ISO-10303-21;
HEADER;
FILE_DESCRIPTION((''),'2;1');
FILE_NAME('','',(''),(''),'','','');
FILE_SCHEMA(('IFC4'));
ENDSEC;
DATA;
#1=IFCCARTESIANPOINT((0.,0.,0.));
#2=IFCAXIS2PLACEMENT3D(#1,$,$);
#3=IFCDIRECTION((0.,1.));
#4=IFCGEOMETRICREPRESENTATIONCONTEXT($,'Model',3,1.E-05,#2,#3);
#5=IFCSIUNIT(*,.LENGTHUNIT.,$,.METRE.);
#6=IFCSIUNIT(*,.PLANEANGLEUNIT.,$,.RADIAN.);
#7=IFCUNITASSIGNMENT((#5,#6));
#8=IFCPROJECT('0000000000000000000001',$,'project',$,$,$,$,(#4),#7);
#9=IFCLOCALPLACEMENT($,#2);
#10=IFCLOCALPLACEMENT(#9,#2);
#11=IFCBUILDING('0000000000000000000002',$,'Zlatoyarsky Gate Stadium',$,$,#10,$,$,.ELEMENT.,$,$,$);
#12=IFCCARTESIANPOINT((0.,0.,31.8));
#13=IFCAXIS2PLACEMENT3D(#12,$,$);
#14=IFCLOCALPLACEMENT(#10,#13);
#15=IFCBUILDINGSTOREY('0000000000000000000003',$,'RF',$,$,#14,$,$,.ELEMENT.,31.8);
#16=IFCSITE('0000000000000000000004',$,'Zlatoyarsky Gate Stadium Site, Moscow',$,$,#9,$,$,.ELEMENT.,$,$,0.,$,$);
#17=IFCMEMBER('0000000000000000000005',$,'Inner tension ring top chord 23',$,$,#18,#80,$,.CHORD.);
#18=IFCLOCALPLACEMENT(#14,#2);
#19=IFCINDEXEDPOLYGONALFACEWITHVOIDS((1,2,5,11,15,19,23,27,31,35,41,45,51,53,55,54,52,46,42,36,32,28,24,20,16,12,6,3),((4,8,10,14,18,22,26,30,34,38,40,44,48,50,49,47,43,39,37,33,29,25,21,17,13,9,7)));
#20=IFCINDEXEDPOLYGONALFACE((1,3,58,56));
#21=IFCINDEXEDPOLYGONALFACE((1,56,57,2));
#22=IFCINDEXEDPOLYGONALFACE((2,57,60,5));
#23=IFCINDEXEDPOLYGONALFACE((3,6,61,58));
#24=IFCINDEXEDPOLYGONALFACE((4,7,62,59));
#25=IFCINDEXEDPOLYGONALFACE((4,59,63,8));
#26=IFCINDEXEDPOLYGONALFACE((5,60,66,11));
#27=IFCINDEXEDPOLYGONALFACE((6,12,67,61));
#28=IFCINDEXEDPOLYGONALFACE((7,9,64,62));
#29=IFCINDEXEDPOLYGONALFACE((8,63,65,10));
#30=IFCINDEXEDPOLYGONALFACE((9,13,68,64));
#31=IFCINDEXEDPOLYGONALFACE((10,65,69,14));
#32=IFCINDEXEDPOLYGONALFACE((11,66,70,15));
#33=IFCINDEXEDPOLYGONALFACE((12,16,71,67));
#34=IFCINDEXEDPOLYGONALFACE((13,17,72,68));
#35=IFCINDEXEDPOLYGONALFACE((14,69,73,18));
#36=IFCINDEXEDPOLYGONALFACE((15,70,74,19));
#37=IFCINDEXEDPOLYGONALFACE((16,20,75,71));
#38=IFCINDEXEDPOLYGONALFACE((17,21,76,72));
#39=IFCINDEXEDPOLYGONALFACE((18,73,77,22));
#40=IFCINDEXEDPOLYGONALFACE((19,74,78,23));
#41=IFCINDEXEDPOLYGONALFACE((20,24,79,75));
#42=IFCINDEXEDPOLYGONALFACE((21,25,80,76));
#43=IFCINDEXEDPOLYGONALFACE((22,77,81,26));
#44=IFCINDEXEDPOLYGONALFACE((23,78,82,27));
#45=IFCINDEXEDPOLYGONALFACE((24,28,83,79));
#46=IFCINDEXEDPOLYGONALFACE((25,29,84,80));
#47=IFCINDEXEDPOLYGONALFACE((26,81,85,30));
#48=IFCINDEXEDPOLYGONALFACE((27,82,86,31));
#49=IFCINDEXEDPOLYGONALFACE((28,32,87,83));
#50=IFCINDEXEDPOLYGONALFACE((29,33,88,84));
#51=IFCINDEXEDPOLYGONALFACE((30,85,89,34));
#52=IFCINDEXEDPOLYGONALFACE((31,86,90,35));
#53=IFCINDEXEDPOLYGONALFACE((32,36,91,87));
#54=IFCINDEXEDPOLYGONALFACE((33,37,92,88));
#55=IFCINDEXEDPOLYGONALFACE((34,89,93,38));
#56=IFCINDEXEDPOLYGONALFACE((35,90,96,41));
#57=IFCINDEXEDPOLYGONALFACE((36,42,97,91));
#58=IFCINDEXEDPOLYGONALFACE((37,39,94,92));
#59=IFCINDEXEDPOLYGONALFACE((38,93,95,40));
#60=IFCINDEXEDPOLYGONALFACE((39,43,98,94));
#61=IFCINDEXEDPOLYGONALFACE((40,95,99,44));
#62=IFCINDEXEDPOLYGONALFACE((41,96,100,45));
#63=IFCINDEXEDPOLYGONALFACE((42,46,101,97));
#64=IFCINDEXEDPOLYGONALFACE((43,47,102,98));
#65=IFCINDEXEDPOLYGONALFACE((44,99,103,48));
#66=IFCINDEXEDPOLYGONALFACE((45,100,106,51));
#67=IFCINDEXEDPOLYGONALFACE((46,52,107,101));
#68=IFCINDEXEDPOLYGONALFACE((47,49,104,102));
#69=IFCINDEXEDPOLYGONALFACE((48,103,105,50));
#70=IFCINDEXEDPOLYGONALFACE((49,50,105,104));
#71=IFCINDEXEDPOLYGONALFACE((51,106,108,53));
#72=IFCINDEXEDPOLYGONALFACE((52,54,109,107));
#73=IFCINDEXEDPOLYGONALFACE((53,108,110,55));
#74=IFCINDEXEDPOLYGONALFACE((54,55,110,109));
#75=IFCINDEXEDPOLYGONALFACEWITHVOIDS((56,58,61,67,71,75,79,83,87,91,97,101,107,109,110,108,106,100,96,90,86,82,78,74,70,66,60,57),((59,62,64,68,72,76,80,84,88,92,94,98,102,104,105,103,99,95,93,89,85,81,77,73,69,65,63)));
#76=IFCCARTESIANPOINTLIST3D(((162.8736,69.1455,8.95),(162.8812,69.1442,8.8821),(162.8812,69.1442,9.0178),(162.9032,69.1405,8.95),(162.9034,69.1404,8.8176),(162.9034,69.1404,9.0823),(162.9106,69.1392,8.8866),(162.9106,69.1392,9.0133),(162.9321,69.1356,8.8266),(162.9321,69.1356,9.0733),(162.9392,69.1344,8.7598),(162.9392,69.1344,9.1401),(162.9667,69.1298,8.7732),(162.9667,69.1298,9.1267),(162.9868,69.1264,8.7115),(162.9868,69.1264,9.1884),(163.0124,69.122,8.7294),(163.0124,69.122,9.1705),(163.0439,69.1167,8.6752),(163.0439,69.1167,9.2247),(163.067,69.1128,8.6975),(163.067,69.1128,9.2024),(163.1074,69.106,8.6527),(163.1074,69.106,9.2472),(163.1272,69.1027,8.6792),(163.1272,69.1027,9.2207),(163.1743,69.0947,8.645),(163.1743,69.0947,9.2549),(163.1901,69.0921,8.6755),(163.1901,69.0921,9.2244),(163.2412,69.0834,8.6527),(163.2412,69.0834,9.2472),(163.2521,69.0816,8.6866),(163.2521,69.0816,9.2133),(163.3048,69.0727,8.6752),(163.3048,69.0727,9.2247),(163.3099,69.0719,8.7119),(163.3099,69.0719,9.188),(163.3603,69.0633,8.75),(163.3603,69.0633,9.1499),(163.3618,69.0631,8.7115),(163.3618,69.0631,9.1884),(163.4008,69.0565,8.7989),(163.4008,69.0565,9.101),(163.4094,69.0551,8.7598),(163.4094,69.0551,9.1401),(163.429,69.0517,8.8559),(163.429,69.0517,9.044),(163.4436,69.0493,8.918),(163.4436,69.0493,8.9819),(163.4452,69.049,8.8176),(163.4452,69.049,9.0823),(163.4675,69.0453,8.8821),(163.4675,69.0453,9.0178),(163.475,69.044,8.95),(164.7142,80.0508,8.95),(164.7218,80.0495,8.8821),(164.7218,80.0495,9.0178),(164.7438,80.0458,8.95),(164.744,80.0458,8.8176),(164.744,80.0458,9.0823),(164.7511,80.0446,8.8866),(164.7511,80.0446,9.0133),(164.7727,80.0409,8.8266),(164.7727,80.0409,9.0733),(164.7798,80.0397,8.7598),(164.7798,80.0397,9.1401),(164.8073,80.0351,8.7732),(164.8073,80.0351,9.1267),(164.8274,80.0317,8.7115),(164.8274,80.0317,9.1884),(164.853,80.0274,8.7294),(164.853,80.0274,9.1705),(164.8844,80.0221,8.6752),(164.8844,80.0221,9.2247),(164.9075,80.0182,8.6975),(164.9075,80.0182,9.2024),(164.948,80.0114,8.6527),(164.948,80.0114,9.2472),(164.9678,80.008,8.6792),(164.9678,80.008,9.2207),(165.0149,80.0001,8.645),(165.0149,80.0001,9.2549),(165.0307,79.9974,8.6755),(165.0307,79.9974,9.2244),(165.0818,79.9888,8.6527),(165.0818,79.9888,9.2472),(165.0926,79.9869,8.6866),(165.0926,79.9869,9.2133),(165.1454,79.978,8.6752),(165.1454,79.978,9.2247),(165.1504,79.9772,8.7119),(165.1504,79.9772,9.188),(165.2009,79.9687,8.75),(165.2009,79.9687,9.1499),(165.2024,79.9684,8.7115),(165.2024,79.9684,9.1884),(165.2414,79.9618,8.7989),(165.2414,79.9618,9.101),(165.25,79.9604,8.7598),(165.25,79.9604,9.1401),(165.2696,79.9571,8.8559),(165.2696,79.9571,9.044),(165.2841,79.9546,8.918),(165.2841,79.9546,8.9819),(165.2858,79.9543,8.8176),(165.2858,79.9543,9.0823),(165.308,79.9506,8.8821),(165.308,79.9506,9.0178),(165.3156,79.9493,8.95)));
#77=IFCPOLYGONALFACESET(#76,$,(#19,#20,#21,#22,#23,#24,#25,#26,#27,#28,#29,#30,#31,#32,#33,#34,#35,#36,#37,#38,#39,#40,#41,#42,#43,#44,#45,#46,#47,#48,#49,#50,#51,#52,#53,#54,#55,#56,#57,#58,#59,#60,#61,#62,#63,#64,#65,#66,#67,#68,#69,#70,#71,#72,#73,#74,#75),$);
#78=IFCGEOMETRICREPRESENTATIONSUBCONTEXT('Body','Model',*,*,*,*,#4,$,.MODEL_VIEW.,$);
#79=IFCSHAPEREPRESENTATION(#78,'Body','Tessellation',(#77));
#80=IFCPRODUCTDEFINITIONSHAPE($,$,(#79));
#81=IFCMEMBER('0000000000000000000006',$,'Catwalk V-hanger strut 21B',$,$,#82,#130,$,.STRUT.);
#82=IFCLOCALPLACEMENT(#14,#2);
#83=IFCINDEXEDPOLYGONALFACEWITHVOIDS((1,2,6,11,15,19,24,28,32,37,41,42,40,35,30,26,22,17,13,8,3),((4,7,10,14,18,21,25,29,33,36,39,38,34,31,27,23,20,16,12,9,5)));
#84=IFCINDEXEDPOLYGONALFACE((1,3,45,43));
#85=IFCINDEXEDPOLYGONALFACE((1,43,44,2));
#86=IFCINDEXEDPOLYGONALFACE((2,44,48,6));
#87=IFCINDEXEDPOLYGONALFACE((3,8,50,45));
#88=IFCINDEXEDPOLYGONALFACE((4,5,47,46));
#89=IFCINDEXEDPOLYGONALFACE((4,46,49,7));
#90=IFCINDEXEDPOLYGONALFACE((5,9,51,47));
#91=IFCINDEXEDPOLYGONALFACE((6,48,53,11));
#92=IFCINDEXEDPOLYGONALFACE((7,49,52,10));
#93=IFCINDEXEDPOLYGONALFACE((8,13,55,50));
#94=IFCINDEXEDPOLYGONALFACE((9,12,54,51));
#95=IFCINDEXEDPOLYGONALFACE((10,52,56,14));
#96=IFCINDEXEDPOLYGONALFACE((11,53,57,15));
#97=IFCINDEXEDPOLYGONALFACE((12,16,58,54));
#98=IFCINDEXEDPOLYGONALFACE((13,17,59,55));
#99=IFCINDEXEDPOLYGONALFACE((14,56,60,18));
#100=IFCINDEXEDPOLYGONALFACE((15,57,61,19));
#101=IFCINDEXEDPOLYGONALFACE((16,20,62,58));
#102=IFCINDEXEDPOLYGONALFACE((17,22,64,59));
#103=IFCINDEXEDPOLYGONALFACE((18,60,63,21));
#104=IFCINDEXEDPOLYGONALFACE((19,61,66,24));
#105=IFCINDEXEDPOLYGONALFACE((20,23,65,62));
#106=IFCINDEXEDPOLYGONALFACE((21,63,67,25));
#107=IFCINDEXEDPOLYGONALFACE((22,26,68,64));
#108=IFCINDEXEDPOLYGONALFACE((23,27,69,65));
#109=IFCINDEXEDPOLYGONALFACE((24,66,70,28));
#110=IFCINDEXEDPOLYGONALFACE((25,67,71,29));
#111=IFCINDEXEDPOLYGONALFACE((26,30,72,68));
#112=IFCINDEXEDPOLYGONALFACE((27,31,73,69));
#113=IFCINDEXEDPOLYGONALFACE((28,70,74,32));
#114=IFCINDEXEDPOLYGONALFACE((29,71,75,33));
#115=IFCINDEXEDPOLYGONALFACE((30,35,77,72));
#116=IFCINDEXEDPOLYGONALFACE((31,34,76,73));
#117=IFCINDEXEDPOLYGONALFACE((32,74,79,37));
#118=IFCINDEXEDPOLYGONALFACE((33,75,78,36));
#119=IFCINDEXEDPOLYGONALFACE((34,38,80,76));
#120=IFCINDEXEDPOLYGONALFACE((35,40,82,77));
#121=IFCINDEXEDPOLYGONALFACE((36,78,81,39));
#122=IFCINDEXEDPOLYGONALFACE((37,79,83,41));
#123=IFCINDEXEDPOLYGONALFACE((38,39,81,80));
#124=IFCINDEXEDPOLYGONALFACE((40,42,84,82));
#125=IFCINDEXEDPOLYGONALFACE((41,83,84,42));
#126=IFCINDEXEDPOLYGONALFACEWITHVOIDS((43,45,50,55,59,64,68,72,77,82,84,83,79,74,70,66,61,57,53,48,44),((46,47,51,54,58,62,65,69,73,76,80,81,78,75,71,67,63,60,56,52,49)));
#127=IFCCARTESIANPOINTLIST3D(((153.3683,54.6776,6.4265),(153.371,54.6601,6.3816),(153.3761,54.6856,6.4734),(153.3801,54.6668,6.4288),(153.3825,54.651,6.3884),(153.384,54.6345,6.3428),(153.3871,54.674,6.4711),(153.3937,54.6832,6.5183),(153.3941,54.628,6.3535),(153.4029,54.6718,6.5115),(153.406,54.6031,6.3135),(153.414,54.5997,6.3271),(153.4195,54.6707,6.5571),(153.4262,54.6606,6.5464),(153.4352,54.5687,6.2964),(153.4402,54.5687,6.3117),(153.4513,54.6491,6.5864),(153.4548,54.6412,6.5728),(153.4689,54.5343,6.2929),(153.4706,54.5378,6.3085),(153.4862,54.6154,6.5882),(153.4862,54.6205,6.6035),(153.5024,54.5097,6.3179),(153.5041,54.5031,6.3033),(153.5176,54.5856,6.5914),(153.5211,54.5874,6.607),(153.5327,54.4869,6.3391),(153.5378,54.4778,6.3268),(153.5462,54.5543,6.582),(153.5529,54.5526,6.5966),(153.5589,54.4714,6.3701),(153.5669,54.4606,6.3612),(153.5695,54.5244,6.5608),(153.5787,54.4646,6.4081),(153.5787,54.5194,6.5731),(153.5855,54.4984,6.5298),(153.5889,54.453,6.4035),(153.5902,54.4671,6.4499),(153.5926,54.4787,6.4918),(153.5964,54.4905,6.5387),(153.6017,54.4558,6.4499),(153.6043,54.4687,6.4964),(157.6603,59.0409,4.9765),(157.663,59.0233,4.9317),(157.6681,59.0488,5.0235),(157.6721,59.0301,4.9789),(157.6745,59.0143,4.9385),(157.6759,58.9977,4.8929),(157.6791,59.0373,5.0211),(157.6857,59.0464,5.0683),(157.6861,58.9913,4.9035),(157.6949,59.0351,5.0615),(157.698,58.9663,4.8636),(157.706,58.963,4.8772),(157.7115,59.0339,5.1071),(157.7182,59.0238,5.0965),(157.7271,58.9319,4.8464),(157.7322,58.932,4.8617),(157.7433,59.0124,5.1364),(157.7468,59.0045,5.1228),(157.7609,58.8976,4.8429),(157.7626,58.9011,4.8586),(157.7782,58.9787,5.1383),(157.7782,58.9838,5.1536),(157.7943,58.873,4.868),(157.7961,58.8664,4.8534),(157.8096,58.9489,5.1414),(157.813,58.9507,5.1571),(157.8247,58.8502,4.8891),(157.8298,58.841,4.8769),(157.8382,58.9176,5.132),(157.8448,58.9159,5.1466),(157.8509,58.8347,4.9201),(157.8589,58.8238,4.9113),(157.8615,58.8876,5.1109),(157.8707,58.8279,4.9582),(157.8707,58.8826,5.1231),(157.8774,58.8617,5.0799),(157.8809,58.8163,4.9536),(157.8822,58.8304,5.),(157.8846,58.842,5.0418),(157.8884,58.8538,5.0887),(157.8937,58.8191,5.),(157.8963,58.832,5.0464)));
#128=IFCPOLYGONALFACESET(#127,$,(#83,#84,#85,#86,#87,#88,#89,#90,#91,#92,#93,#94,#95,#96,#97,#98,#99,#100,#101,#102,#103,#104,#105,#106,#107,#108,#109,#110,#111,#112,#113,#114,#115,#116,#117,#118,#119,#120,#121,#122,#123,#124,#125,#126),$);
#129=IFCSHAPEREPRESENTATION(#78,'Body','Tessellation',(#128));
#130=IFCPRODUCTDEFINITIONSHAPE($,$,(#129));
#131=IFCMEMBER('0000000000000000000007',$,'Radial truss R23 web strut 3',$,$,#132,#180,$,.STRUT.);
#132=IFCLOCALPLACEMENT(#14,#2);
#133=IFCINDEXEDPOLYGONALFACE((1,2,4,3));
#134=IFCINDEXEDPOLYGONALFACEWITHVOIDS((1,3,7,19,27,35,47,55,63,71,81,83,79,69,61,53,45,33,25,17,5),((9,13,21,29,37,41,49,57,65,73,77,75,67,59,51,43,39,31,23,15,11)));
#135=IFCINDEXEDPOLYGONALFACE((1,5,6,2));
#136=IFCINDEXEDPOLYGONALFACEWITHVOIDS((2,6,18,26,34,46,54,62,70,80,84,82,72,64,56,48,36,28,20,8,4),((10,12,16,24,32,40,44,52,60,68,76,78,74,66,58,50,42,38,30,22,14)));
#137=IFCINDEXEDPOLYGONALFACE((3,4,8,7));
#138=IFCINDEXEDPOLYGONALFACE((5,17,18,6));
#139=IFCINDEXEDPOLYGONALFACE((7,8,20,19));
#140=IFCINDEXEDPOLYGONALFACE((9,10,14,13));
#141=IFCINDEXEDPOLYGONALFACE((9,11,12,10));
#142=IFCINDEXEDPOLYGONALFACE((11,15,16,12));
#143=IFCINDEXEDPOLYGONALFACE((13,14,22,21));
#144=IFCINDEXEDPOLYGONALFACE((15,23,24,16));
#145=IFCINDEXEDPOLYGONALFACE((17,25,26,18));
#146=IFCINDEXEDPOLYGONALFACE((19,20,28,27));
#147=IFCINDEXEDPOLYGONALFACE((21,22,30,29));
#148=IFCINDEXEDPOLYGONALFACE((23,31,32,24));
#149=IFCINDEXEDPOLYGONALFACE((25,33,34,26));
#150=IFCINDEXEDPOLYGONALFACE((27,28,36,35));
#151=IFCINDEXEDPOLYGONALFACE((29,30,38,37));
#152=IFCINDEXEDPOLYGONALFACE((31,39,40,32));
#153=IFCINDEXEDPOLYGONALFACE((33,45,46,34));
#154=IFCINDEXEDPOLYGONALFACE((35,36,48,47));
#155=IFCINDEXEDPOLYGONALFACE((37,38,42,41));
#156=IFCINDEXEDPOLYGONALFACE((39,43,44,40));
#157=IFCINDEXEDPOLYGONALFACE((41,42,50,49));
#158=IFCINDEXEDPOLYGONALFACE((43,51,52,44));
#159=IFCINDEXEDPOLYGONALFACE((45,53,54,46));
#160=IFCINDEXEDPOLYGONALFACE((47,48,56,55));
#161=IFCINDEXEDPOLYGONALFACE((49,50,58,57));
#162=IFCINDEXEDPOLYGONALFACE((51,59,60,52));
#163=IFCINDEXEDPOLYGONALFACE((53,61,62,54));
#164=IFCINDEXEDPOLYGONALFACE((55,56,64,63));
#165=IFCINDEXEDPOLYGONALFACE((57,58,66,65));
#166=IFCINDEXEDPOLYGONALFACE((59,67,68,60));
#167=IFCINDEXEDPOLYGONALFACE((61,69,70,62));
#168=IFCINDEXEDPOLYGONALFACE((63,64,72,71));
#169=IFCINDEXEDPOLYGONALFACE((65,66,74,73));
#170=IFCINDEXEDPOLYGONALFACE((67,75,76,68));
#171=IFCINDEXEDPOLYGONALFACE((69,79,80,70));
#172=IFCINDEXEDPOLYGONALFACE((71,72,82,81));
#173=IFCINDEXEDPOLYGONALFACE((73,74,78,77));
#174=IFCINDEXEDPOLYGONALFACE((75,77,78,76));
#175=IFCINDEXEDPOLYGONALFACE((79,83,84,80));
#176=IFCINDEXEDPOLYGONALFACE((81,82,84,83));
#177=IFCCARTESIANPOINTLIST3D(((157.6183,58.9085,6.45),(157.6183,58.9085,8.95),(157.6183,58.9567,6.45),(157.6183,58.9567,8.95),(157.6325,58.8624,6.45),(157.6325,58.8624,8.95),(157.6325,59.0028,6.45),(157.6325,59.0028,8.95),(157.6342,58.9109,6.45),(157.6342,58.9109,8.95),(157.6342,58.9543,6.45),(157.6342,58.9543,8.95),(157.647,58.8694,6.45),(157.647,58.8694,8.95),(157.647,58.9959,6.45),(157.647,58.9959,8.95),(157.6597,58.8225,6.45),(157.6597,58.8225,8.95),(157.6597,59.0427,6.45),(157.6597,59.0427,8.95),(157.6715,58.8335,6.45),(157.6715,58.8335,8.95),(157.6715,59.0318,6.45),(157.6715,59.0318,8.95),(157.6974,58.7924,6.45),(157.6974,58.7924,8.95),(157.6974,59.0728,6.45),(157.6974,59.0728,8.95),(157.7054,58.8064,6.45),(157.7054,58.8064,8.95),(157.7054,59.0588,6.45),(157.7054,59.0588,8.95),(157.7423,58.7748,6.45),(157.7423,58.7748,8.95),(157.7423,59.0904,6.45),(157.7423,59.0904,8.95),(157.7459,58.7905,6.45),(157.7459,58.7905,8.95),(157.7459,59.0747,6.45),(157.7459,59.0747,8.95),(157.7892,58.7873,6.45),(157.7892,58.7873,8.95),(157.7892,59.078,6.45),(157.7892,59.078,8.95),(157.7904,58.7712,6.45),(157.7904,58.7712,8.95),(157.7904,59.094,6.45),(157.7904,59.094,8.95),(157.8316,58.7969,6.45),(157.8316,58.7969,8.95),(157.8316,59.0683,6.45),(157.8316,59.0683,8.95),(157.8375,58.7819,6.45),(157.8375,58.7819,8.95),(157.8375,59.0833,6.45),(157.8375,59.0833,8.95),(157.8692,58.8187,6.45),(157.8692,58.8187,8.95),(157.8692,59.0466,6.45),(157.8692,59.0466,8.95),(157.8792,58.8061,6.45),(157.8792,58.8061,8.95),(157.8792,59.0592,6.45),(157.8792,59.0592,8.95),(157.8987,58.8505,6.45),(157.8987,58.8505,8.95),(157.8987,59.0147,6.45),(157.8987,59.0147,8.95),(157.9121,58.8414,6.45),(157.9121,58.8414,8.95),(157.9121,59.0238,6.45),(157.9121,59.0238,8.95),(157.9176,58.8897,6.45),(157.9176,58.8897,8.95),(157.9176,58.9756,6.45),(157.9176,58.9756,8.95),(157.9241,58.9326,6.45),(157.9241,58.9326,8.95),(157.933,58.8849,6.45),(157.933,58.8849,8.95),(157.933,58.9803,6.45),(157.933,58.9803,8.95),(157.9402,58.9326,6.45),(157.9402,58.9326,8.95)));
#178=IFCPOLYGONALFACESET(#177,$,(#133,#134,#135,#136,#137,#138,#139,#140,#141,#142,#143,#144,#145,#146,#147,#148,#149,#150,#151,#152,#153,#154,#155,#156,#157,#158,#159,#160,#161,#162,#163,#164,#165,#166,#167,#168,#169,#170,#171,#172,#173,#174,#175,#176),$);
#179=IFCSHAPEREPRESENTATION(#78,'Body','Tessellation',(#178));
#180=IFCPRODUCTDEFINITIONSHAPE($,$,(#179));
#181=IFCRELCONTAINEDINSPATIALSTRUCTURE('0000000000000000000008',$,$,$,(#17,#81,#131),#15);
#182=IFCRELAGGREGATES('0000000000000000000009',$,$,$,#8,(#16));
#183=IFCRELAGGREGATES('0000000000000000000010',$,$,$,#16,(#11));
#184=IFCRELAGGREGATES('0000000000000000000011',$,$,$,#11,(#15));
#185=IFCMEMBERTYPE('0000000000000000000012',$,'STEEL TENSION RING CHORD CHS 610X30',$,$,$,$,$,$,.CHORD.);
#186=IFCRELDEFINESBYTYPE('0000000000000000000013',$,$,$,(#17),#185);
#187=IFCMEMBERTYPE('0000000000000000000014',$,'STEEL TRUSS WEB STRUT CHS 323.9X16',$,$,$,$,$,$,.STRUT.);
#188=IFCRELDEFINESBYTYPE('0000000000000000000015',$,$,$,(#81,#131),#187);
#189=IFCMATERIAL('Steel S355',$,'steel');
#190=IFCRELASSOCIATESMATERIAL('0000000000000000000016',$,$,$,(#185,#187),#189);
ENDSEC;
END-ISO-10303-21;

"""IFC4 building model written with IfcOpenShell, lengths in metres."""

from ifc_helpers import new_model, si_unit, direction, frame, origin, origin_2d, place, context, subcontext, project, spatial, hollow_circle, extrude, material, material_profile, profile_set, type_object, element, save


model = new_model("IFC4")

# Units and contexts
model_context = context("Model", 3, precision=1e-05, world=origin(), true_north=direction((0.0, 1.0)))
body_context = subcontext(model_context, "Body", "Model", "MODEL_VIEW")
ifc_project = project(units=[si_unit("LENGTHUNIT", "METRE"), si_unit("PLANEANGLEUNIT", "RADIAN")], contexts=[model_context])

# Site, building, storey
site_placement = place(None, origin())
site = spatial("IfcSite", under=ifc_project, at=site_placement, Name="Zlatoyarsky Gate Stadium Site, Moscow", CompositionType="ELEMENT", RefElevation=0.0)
building_placement = place(site_placement, origin())
building = spatial("IfcBuilding", under=site, at=building_placement, Name="Zlatoyarsky Gate Stadium", CompositionType="ELEMENT")
storey_placement = place(building_placement, frame((0.0, 0.0, 31.8)))
storey = spatial("IfcBuildingStorey", under=building, at=storey_placement, Name="RF", CompositionType="ELEMENT", Elevation=31.8)

# Shared definitions
ifc_material = material(Name="Steel S355", Category="steel")

# Members
ifc_material_profile_1 = material_profile(ifc_material, hollow_circle(Radius=0.3049, WallThickness=0.03, at=origin_2d()), Name="CHS 610X30")
ifc_profile_set_1 = profile_set([ifc_material_profile_1], Name="Steel S355")
member_type_1 = type_object("IfcMemberType", Name="STEEL TENSION RING CHORD CHS 610X30", PredefinedType="CHORD", material=ifc_profile_set_1)
member_1_placement = place(storey_placement, frame((163.1743, 69.0947, 8.95), z_axis=(0.166425, 0.986054, 0.0), x_axis=(-0.986054, 0.166425, 0.0)))
element("IfcMember", 1, at=member_1_placement, inside=storey, type_object=member_type_1, Name="Inner tension ring top chord 23", PredefinedType="CHORD", context=body_context, shape_type="SweptSolid", body=[
    extrude(hollow_circle(Radius=0.3049, WallThickness=0.03, at=origin_2d()), origin(), (0.0, 0.0, 1.0), 11.0596),
])
ifc_material_profile_2 = material_profile(ifc_material, hollow_circle(Radius=0.1619, WallThickness=0.0161, at=origin_2d()), Name="CHS 323.9X16")
ifc_profile_set_2 = profile_set([ifc_material_profile_2], Name="Steel S355")
member_type_2 = type_object("IfcMemberType", Name="STEEL TRUSS WEB STRUT CHS 323.9X16", PredefinedType="STRUT", material=ifc_profile_set_2)
member_2_placement = place(storey_placement, frame((157.7783, 58.9326, 5.0), z_axis=(-0.682372, -0.693706, 0.230524), x_axis=(0.712907, -0.701259, 0.0)))
element("IfcMember", 2, at=member_2_placement, inside=storey, type_object=member_type_2, Name="Catwalk V-hanger strut 21B", PredefinedType="STRUT", context=body_context, shape_type="SweptSolid", body=[
    extrude(hollow_circle(Radius=0.1619, WallThickness=0.0161, at=origin_2d()), origin(), (0.0, 0.0, 1.0), 6.2898),
])
member_3_placement = place(storey_placement, frame((157.7783, 58.9326, 6.45), z_axis=(0.0, 0.0, 1.0), x_axis=(1.0, 0.0, 0.0)))
element("IfcMember", 3, at=member_3_placement, inside=storey, type_object=member_type_2, Name="Radial truss R23 web strut 3", PredefinedType="STRUT", context=body_context, shape_type="SweptSolid", body=[
    extrude(hollow_circle(Radius=0.1619, WallThickness=0.0161, at=origin_2d()), origin(), (0.0, 0.0, 1.0), 2.5),
])

save(model, "model.ifc")
